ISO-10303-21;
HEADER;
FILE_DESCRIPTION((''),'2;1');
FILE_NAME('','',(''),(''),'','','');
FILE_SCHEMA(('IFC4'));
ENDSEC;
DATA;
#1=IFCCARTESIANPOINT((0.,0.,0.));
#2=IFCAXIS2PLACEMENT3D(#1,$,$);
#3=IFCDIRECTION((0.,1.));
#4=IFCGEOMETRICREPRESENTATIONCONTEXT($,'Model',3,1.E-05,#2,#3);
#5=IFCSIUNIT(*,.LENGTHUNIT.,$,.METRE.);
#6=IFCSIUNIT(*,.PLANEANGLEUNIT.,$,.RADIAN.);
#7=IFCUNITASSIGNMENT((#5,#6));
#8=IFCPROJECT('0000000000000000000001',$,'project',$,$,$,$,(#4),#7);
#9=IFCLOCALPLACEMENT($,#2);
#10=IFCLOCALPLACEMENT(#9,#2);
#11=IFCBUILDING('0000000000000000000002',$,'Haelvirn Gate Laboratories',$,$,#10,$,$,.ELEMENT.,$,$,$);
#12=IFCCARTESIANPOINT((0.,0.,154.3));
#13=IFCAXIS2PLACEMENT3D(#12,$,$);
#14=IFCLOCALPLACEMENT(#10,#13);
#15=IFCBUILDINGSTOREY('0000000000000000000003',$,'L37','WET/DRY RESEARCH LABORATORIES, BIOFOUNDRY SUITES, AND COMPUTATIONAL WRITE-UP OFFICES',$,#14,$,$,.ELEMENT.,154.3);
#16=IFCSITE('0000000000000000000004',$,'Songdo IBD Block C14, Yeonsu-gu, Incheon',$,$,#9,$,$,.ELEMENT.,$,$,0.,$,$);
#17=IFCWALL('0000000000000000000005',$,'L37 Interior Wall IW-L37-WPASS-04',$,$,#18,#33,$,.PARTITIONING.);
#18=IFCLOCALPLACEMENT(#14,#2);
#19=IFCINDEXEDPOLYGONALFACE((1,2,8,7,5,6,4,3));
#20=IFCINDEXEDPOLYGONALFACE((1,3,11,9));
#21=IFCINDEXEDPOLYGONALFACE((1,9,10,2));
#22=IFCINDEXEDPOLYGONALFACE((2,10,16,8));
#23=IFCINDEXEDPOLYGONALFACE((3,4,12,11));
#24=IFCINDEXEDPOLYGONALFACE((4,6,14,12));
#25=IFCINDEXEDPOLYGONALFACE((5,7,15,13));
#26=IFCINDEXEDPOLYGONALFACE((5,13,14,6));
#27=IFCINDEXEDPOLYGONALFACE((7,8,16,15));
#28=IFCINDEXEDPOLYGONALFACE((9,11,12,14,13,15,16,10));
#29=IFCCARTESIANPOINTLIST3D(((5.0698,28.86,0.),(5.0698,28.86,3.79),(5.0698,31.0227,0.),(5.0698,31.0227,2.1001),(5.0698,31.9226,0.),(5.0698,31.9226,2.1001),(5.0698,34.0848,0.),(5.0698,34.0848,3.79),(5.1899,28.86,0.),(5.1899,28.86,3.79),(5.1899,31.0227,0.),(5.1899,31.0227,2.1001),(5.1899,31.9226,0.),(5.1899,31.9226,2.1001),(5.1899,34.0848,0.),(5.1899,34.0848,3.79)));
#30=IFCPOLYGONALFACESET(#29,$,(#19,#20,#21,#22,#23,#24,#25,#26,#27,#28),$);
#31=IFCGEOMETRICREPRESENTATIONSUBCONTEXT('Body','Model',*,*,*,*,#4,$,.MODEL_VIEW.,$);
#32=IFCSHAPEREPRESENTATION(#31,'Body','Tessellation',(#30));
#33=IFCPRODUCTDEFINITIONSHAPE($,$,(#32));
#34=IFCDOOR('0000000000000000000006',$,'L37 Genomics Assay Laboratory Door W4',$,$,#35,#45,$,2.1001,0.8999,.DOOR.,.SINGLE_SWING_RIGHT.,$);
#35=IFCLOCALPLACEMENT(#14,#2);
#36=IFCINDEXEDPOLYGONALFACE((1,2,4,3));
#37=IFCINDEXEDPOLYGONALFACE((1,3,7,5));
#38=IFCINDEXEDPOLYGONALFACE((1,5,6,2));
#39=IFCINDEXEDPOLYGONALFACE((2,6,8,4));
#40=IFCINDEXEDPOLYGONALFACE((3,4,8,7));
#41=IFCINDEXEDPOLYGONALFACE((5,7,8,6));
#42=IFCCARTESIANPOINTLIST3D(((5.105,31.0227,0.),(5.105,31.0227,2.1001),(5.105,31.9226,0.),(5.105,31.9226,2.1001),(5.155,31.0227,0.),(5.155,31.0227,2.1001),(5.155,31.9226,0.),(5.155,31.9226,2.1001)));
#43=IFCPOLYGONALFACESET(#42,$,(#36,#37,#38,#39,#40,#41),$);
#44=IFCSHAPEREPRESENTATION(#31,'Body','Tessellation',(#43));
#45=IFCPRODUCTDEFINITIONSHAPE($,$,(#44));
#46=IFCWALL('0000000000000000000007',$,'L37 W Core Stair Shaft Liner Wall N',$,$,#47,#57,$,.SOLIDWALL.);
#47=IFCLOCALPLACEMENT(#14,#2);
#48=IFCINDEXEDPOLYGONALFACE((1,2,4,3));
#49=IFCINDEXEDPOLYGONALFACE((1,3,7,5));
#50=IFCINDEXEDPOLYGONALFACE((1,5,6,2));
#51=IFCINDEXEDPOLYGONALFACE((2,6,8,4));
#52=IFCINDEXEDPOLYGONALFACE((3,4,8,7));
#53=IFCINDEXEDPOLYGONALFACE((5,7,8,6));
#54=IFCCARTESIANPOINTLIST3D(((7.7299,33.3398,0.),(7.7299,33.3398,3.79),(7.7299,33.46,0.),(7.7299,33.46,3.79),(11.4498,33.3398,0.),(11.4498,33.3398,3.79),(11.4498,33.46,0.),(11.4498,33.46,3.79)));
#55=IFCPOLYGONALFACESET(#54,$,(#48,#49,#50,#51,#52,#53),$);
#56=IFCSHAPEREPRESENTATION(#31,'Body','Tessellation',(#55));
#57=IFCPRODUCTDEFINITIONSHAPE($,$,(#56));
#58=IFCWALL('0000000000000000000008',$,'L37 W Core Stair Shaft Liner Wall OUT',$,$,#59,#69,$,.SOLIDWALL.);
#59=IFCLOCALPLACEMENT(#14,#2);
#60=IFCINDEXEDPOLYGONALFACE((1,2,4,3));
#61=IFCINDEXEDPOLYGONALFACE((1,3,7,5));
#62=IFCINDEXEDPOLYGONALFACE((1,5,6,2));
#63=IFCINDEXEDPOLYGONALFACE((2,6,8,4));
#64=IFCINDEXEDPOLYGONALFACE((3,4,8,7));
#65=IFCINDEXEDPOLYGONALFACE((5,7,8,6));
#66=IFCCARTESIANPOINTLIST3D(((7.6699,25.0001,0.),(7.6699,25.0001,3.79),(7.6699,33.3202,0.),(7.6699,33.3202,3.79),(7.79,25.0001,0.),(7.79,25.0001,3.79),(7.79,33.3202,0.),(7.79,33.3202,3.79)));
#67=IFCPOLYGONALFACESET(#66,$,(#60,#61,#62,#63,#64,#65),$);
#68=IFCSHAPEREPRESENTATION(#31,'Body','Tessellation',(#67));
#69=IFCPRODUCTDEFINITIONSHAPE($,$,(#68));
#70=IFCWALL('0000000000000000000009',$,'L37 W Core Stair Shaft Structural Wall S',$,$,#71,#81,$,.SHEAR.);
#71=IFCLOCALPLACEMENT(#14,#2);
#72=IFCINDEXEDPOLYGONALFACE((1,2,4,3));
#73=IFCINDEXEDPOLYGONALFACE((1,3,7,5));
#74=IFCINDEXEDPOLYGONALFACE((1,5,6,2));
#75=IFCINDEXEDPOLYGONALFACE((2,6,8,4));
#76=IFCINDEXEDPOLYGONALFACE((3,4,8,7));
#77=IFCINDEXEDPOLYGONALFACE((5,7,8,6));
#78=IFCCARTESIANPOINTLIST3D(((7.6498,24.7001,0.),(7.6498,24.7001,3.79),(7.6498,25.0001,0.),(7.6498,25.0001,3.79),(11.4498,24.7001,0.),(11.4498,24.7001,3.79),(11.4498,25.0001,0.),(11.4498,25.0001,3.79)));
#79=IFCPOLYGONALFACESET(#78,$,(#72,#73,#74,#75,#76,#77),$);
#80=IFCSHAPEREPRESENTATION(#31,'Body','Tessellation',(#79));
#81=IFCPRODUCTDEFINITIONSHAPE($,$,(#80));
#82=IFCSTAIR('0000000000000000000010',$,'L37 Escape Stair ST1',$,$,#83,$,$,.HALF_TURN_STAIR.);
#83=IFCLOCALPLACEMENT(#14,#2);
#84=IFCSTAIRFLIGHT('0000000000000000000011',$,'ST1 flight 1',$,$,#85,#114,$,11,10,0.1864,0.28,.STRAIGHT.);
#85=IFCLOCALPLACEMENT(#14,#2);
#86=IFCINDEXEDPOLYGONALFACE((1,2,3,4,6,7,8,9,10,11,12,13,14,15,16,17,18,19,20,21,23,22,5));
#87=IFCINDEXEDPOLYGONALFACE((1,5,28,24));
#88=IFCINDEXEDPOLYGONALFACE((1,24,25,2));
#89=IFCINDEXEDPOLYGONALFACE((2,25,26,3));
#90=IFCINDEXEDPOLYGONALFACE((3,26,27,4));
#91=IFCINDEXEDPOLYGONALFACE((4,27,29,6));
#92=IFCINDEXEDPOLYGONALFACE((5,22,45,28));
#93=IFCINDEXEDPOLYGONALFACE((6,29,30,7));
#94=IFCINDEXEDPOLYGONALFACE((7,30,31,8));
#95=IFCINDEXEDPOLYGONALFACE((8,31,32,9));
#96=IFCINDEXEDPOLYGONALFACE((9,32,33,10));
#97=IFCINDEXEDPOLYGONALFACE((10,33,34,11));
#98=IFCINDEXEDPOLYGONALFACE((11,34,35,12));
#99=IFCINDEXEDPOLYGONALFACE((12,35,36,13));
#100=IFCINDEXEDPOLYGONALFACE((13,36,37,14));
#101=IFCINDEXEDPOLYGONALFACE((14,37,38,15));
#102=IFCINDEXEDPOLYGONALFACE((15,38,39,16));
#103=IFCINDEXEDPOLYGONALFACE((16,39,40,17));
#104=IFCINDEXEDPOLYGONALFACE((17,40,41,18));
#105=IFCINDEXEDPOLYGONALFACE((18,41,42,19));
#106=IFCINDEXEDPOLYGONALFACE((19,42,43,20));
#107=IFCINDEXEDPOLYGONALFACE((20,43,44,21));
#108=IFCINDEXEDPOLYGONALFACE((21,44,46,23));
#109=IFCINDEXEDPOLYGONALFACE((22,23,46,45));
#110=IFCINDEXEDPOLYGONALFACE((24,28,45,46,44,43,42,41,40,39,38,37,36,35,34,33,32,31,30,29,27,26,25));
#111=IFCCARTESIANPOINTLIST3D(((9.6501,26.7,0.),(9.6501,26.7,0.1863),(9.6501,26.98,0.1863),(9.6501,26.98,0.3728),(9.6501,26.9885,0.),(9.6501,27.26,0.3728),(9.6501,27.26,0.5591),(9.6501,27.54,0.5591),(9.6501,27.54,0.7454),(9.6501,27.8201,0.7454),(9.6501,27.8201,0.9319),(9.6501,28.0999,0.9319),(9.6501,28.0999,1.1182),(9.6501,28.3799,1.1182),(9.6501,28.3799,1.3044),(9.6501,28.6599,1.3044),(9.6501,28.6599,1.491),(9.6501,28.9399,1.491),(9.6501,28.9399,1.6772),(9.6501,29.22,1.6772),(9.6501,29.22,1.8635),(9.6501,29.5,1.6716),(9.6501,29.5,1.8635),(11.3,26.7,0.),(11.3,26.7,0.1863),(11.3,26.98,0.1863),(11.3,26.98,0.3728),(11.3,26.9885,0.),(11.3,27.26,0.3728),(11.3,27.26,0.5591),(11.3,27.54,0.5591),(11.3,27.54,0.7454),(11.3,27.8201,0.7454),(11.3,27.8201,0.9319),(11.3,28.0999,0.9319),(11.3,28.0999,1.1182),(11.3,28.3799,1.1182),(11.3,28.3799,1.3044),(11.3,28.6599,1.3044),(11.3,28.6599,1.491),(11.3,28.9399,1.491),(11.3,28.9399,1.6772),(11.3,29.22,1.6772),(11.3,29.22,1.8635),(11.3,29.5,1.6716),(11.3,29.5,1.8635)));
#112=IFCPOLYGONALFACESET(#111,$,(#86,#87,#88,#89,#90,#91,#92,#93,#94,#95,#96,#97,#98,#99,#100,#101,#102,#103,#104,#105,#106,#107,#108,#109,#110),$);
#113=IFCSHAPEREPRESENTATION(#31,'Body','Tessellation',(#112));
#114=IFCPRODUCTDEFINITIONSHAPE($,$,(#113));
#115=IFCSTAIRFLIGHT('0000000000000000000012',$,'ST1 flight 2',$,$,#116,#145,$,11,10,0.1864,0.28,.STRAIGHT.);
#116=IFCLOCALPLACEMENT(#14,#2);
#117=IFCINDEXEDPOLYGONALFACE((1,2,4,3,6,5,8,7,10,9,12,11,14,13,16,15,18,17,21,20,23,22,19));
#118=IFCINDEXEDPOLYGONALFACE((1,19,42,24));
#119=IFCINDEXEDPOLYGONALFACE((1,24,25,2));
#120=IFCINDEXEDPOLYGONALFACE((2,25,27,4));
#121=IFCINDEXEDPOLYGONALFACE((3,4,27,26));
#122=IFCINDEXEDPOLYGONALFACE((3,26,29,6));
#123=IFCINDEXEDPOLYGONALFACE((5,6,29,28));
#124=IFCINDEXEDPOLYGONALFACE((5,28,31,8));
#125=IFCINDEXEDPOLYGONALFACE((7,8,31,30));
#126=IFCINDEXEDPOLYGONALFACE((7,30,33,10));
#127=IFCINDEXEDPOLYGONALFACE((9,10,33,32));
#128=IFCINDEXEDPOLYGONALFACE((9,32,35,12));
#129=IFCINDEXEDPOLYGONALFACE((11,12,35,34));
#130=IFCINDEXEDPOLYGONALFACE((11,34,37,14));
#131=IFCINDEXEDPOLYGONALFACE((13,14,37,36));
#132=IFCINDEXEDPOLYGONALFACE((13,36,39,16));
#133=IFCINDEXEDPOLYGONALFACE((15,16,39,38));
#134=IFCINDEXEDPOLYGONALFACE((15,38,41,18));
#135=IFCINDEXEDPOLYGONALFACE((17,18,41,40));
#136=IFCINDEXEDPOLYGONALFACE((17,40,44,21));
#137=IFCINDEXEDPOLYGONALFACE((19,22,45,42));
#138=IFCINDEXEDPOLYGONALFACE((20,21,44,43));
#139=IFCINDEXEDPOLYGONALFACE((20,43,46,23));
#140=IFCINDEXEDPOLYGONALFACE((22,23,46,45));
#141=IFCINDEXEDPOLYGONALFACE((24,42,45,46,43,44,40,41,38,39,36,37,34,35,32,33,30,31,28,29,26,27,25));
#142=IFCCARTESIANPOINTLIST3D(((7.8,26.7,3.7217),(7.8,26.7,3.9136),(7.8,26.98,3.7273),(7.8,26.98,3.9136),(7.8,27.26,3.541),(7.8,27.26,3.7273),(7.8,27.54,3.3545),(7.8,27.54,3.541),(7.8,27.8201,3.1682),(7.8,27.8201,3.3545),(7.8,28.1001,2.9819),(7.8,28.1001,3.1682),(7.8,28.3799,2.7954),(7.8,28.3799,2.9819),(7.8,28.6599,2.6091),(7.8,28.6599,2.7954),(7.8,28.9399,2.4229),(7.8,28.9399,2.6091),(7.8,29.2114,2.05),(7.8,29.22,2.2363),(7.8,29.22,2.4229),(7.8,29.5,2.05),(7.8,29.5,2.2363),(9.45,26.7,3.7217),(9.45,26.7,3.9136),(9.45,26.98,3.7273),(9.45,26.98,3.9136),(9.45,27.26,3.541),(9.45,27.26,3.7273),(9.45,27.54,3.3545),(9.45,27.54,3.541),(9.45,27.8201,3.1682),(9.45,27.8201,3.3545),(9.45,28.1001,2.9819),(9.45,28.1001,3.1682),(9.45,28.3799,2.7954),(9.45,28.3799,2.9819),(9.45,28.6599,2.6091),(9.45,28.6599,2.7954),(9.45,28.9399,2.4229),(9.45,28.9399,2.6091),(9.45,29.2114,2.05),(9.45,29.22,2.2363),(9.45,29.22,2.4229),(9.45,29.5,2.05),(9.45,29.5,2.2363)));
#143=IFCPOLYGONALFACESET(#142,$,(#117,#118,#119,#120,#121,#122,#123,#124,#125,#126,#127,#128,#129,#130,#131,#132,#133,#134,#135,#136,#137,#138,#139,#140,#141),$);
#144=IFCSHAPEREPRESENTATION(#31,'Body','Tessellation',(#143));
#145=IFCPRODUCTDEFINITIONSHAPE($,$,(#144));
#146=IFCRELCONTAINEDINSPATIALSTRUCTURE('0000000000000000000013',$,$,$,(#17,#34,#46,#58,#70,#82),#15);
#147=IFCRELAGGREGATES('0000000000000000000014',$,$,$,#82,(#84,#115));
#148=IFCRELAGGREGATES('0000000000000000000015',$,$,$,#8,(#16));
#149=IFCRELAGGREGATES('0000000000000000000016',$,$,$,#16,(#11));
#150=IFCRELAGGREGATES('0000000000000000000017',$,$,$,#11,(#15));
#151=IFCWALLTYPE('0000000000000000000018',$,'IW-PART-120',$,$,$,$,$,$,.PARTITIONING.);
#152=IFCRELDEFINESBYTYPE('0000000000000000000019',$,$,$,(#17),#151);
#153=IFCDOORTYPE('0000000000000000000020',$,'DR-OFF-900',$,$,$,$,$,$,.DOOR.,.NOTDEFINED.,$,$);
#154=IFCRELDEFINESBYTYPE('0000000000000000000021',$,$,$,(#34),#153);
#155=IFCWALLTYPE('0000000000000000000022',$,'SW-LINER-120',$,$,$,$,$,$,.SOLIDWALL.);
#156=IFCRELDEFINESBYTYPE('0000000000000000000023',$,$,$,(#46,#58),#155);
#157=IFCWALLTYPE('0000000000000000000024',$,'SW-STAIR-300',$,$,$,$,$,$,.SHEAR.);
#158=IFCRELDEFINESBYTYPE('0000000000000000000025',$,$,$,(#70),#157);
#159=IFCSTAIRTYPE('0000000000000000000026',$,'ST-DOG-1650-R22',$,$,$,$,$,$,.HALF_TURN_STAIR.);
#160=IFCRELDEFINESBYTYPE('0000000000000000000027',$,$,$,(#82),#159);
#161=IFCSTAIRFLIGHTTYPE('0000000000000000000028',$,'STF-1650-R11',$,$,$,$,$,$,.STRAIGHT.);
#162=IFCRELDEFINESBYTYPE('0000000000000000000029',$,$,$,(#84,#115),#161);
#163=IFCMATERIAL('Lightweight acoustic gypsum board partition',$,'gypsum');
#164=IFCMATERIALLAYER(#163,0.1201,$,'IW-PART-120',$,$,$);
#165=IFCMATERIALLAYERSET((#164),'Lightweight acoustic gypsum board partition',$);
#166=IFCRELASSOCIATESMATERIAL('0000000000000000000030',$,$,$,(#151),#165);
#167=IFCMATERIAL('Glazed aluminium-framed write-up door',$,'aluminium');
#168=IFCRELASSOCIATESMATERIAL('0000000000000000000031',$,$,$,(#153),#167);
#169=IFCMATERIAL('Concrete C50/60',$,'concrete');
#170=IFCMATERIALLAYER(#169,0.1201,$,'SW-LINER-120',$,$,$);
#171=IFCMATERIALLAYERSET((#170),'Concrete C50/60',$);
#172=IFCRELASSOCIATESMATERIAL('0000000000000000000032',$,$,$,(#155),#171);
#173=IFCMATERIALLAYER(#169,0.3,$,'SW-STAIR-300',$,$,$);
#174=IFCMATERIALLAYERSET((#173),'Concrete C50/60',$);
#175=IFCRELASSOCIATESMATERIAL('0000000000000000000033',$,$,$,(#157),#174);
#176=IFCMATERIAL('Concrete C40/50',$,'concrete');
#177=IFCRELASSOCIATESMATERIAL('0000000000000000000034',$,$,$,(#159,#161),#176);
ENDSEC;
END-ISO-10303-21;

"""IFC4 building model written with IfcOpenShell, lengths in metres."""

from ifc_helpers import new_model, si_unit, direction, frame, frame_2d, origin, place, context, subcontext, project, spatial, polyline, rectangle, outline, extrude, source, transform, mapped, material, layer, layer_set, type_object, type_shapes, element, fill, aggregate, save


model = new_model("IFC4")

# Units and contexts
model_context = context("Model", 3, precision=1e-05, world=origin(), true_north=direction((0.0, 1.0)))
body_context = subcontext(model_context, "Body", "Model", "MODEL_VIEW")
ifc_project = project(units=[si_unit("LENGTHUNIT", "METRE"), si_unit("PLANEANGLEUNIT", "RADIAN")], contexts=[model_context])

# Site, building, storey
site_placement = place(None, origin())
site = spatial("IfcSite", under=ifc_project, at=site_placement, Name="Songdo IBD Block C14, Yeonsu-gu, Incheon", CompositionType="ELEMENT", RefElevation=0.0)
building_placement = place(site_placement, origin())
building = spatial("IfcBuilding", under=site, at=building_placement, Name="Haelvirn Gate Laboratories", CompositionType="ELEMENT")
storey_placement = place(building_placement, frame((0.0, 0.0, 154.3)))
storey = spatial("IfcBuildingStorey", under=building, at=storey_placement, Name="L37", Description="WET/DRY RESEARCH LABORATORIES, BIOFOUNDRY SUITES, AND COMPUTATIONAL WRITE-UP OFFICES", CompositionType="ELEMENT", Elevation=154.3)

# Shared definitions
ifc_material_1 = material(Name="Lightweight acoustic gypsum board partition", Category="gypsum")
ifc_layer_1 = layer(ifc_material_1, 0.1201, Name="IW-PART-120")
ifc_layer_set_1 = layer_set([ifc_layer_1], Name="Lightweight acoustic gypsum board partition")
wall_type_1 = type_object("IfcWallType", Name="IW-PART-120", PredefinedType="PARTITIONING", material=ifc_layer_set_1)

# Shared definitions
ifc_material_2 = material(Name="Glazed aluminium-framed write-up door", Category="aluminium")
door_type = type_object("IfcDoorType", Name="DR-OFF-900", OperationType="NOTDEFINED", PredefinedType="DOOR", material=ifc_material_2)
shared_shape_1 = source(origin(), body_context, "Body", "SweptSolid", [
    extrude(rectangle(XDim=0.8999, YDim=2.1001, at=frame_2d((0.45, 1.05))), frame((0.0, 0.0249, 0.0), z_axis=(0.0, -1.0, 0.0), x_axis=(1.0, 0.0, 0.0)), (0.0, 0.0, 1.0), 0.05),
])
type_shapes(door_type, [shared_shape_1])

# Wall, opening, door
wall_1_placement = place(storey_placement, frame((5.1299, 28.8601, 0.0), z_axis=(0.0, 0.0, 1.0), x_axis=(0.0, 1.0, 0.0)))
wall_1 = element("IfcWall", 1, at=wall_1_placement, inside=storey, type_object=wall_type_1, Name="L37 Interior Wall IW-L37-WPASS-04", PredefinedType="PARTITIONING", context=body_context, shape_type="SweptSolid", body=[
    extrude(rectangle(XDim=5.2249, YDim=0.1201, at=frame_2d((2.6123, 0.0))), origin(), (0.0, 0.0, 1.0), 3.79),
])
opening_1_placement = place(wall_1_placement, frame((2.1626, 0.0, 0.0)))
opening_1 = element("IfcOpeningElement", 2, at=opening_1_placement, cuts=wall_1, PredefinedType="OPENING", context=body_context, shape_type="SweptSolid", body=[
    extrude(rectangle(XDim=0.8999, YDim=2.1001, at=frame_2d((0.45, 1.05))), frame((0.0, 0.0701, 0.0), z_axis=(0.0, -1.0, 0.0), x_axis=(1.0, 0.0, 0.0)), (0.0, 0.0, 1.0), 0.1401),
])
door_1_placement = place(opening_1_placement, origin())
door_1 = element("IfcDoor", 3, at=door_1_placement, inside=storey, type_object=door_type, Name="L37 Genomics Assay Laboratory Door W4", OperationType="SINGLE_SWING_RIGHT", OverallHeight=2.1001, OverallWidth=0.8999, PredefinedType="DOOR", context=body_context, shape_type="MappedRepresentation", body=[
    mapped(shared_shape_1, transform((0.0, 0.0, 0.0), scale=1.0)),
])
fill(opening_1, door_1)

# Walls
ifc_material_3 = material(Name="Concrete C50/60", Category="concrete")
ifc_layer_2 = layer(ifc_material_3, 0.1201, Name="SW-LINER-120")
ifc_layer_set_2 = layer_set([ifc_layer_2], Name="Concrete C50/60")
wall_type_2 = type_object("IfcWallType", Name="SW-LINER-120", PredefinedType="SOLIDWALL", material=ifc_layer_set_2)
wall_2_placement = place(storey_placement, frame((7.73, 33.3999, 0.0), z_axis=(0.0, 0.0, 1.0), x_axis=(1.0, 0.0, 0.0)))
element("IfcWall", 4, at=wall_2_placement, inside=storey, type_object=wall_type_2, Name="L37 W Core Stair Shaft Liner Wall N", PredefinedType="SOLIDWALL", context=body_context, shape_type="SweptSolid", body=[
    extrude(rectangle(XDim=3.72, YDim=0.1201, at=frame_2d((1.8599, 0.0))), origin(), (0.0, 0.0, 1.0), 3.79),
])
wall_3_placement = place(storey_placement, frame((7.73, 25.0, 0.0), z_axis=(0.0, 0.0, 1.0), x_axis=(0.0, 1.0, 0.0)))
element("IfcWall", 5, at=wall_3_placement, inside=storey, type_object=wall_type_2, Name="L37 W Core Stair Shaft Liner Wall OUT", PredefinedType="SOLIDWALL", context=body_context, shape_type="SweptSolid", body=[
    extrude(rectangle(XDim=8.3201, YDim=0.1201, at=frame_2d((4.1602, 0.0))), origin(), (0.0, 0.0, 1.0), 3.79),
])
ifc_layer_3 = layer(ifc_material_3, 0.3, Name="SW-STAIR-300")
ifc_layer_set_3 = layer_set([ifc_layer_3], Name="Concrete C50/60")
wall_type_3 = type_object("IfcWallType", Name="SW-STAIR-300", PredefinedType="SHEAR", material=ifc_layer_set_3)
wall_4_placement = place(storey_placement, frame((7.6499, 24.8501, 0.0), z_axis=(0.0, 0.0, 1.0), x_axis=(1.0, 0.0, 0.0)))
element("IfcWall", 6, at=wall_4_placement, inside=storey, type_object=wall_type_3, Name="L37 W Core Stair Shaft Structural Wall S", PredefinedType="SHEAR", context=body_context, shape_type="SweptSolid", body=[
    extrude(rectangle(XDim=3.8, YDim=0.3, at=frame_2d((1.8999, 0.0))), origin(), (0.0, 0.0, 1.0), 3.79),
])

# Stair, stair flights
ifc_material_4 = material(Name="Concrete C40/50", Category="concrete")
stair_type = type_object("IfcStairType", Name="ST-DOG-1650-R22", PredefinedType="HALF_TURN_STAIR", material=ifc_material_4)
stair_placement = place(storey_placement, origin())
stair = element("IfcStair", 7, at=stair_placement, inside=storey, type_object=stair_type, Name="L37 Escape Stair ST1", PredefinedType="HALF_TURN_STAIR")
stair_flight_type = type_object("IfcStairFlightType", Name="STF-1650-R11", PredefinedType="STRAIGHT", material=ifc_material_4)
shared_shape_2 = source(origin(), body_context, "Body", "SweptSolid", [
    extrude(outline(polyline([(0.0, 0.0), (0.0, 0.1863), (0.28, 0.1863), (0.28, 0.3728), (0.5601, 0.3728), (0.5601, 0.5591), (0.8401, 0.5591), (0.8401, 0.7454), (1.1201, 0.7454), (1.1201, 0.9319), (1.3999, 0.9319), (1.3999, 1.1182), (1.6799, 1.1182), (1.6799, 1.3044), (1.96, 1.3044), (1.96, 1.491), (2.24, 1.491), (2.24, 1.6772), (2.52, 1.6772), (2.52, 1.8635), (2.8, 1.8635), (2.8, 2.05), (2.8, 1.6716), (0.2886, 0.0), (0.0, 0.0)])), frame((0.0, 0.825, 0.0), z_axis=(0.0, -1.0, 0.0), x_axis=(1.0, 0.0, 0.0)), (0.0, 0.0, 1.0), 1.6499),
])
type_shapes(stair_flight_type, [shared_shape_2])
stair_flight_1_placement = place(storey_placement, frame((10.4751, 26.7, 0.0), z_axis=(0.0, 0.0, 1.0), x_axis=(0.0, 1.0, 0.0)))
stair_flight_1 = element("IfcStairFlight", 8, at=stair_flight_1_placement, type_object=stair_flight_type, Name="ST1 flight 1", NumberOfRisers=11, NumberOfTreads=10, PredefinedType="STRAIGHT", RiserHeight=0.1864, TreadLength=0.28, context=body_context, shape_type="MappedRepresentation", body=[
    mapped(shared_shape_2, transform((0.0, 0.0, 0.0), scale=1.0)),
])
stair_flight_2_placement = place(storey_placement, frame((8.625, 29.5, 2.05), z_axis=(0.0, 0.0, 1.0), x_axis=(0.0, -1.0, 0.0)))
stair_flight_2 = element("IfcStairFlight", 9, at=stair_flight_2_placement, type_object=stair_flight_type, Name="ST1 flight 2", NumberOfRisers=11, NumberOfTreads=10, PredefinedType="STRAIGHT", RiserHeight=0.1864, TreadLength=0.28, context=body_context, shape_type="MappedRepresentation", body=[
    mapped(shared_shape_2, transform((0.0, 0.0, 0.0), scale=1.0)),
])
aggregate(stair, [stair_flight_1, stair_flight_2])

save(model, "model.ifc")
